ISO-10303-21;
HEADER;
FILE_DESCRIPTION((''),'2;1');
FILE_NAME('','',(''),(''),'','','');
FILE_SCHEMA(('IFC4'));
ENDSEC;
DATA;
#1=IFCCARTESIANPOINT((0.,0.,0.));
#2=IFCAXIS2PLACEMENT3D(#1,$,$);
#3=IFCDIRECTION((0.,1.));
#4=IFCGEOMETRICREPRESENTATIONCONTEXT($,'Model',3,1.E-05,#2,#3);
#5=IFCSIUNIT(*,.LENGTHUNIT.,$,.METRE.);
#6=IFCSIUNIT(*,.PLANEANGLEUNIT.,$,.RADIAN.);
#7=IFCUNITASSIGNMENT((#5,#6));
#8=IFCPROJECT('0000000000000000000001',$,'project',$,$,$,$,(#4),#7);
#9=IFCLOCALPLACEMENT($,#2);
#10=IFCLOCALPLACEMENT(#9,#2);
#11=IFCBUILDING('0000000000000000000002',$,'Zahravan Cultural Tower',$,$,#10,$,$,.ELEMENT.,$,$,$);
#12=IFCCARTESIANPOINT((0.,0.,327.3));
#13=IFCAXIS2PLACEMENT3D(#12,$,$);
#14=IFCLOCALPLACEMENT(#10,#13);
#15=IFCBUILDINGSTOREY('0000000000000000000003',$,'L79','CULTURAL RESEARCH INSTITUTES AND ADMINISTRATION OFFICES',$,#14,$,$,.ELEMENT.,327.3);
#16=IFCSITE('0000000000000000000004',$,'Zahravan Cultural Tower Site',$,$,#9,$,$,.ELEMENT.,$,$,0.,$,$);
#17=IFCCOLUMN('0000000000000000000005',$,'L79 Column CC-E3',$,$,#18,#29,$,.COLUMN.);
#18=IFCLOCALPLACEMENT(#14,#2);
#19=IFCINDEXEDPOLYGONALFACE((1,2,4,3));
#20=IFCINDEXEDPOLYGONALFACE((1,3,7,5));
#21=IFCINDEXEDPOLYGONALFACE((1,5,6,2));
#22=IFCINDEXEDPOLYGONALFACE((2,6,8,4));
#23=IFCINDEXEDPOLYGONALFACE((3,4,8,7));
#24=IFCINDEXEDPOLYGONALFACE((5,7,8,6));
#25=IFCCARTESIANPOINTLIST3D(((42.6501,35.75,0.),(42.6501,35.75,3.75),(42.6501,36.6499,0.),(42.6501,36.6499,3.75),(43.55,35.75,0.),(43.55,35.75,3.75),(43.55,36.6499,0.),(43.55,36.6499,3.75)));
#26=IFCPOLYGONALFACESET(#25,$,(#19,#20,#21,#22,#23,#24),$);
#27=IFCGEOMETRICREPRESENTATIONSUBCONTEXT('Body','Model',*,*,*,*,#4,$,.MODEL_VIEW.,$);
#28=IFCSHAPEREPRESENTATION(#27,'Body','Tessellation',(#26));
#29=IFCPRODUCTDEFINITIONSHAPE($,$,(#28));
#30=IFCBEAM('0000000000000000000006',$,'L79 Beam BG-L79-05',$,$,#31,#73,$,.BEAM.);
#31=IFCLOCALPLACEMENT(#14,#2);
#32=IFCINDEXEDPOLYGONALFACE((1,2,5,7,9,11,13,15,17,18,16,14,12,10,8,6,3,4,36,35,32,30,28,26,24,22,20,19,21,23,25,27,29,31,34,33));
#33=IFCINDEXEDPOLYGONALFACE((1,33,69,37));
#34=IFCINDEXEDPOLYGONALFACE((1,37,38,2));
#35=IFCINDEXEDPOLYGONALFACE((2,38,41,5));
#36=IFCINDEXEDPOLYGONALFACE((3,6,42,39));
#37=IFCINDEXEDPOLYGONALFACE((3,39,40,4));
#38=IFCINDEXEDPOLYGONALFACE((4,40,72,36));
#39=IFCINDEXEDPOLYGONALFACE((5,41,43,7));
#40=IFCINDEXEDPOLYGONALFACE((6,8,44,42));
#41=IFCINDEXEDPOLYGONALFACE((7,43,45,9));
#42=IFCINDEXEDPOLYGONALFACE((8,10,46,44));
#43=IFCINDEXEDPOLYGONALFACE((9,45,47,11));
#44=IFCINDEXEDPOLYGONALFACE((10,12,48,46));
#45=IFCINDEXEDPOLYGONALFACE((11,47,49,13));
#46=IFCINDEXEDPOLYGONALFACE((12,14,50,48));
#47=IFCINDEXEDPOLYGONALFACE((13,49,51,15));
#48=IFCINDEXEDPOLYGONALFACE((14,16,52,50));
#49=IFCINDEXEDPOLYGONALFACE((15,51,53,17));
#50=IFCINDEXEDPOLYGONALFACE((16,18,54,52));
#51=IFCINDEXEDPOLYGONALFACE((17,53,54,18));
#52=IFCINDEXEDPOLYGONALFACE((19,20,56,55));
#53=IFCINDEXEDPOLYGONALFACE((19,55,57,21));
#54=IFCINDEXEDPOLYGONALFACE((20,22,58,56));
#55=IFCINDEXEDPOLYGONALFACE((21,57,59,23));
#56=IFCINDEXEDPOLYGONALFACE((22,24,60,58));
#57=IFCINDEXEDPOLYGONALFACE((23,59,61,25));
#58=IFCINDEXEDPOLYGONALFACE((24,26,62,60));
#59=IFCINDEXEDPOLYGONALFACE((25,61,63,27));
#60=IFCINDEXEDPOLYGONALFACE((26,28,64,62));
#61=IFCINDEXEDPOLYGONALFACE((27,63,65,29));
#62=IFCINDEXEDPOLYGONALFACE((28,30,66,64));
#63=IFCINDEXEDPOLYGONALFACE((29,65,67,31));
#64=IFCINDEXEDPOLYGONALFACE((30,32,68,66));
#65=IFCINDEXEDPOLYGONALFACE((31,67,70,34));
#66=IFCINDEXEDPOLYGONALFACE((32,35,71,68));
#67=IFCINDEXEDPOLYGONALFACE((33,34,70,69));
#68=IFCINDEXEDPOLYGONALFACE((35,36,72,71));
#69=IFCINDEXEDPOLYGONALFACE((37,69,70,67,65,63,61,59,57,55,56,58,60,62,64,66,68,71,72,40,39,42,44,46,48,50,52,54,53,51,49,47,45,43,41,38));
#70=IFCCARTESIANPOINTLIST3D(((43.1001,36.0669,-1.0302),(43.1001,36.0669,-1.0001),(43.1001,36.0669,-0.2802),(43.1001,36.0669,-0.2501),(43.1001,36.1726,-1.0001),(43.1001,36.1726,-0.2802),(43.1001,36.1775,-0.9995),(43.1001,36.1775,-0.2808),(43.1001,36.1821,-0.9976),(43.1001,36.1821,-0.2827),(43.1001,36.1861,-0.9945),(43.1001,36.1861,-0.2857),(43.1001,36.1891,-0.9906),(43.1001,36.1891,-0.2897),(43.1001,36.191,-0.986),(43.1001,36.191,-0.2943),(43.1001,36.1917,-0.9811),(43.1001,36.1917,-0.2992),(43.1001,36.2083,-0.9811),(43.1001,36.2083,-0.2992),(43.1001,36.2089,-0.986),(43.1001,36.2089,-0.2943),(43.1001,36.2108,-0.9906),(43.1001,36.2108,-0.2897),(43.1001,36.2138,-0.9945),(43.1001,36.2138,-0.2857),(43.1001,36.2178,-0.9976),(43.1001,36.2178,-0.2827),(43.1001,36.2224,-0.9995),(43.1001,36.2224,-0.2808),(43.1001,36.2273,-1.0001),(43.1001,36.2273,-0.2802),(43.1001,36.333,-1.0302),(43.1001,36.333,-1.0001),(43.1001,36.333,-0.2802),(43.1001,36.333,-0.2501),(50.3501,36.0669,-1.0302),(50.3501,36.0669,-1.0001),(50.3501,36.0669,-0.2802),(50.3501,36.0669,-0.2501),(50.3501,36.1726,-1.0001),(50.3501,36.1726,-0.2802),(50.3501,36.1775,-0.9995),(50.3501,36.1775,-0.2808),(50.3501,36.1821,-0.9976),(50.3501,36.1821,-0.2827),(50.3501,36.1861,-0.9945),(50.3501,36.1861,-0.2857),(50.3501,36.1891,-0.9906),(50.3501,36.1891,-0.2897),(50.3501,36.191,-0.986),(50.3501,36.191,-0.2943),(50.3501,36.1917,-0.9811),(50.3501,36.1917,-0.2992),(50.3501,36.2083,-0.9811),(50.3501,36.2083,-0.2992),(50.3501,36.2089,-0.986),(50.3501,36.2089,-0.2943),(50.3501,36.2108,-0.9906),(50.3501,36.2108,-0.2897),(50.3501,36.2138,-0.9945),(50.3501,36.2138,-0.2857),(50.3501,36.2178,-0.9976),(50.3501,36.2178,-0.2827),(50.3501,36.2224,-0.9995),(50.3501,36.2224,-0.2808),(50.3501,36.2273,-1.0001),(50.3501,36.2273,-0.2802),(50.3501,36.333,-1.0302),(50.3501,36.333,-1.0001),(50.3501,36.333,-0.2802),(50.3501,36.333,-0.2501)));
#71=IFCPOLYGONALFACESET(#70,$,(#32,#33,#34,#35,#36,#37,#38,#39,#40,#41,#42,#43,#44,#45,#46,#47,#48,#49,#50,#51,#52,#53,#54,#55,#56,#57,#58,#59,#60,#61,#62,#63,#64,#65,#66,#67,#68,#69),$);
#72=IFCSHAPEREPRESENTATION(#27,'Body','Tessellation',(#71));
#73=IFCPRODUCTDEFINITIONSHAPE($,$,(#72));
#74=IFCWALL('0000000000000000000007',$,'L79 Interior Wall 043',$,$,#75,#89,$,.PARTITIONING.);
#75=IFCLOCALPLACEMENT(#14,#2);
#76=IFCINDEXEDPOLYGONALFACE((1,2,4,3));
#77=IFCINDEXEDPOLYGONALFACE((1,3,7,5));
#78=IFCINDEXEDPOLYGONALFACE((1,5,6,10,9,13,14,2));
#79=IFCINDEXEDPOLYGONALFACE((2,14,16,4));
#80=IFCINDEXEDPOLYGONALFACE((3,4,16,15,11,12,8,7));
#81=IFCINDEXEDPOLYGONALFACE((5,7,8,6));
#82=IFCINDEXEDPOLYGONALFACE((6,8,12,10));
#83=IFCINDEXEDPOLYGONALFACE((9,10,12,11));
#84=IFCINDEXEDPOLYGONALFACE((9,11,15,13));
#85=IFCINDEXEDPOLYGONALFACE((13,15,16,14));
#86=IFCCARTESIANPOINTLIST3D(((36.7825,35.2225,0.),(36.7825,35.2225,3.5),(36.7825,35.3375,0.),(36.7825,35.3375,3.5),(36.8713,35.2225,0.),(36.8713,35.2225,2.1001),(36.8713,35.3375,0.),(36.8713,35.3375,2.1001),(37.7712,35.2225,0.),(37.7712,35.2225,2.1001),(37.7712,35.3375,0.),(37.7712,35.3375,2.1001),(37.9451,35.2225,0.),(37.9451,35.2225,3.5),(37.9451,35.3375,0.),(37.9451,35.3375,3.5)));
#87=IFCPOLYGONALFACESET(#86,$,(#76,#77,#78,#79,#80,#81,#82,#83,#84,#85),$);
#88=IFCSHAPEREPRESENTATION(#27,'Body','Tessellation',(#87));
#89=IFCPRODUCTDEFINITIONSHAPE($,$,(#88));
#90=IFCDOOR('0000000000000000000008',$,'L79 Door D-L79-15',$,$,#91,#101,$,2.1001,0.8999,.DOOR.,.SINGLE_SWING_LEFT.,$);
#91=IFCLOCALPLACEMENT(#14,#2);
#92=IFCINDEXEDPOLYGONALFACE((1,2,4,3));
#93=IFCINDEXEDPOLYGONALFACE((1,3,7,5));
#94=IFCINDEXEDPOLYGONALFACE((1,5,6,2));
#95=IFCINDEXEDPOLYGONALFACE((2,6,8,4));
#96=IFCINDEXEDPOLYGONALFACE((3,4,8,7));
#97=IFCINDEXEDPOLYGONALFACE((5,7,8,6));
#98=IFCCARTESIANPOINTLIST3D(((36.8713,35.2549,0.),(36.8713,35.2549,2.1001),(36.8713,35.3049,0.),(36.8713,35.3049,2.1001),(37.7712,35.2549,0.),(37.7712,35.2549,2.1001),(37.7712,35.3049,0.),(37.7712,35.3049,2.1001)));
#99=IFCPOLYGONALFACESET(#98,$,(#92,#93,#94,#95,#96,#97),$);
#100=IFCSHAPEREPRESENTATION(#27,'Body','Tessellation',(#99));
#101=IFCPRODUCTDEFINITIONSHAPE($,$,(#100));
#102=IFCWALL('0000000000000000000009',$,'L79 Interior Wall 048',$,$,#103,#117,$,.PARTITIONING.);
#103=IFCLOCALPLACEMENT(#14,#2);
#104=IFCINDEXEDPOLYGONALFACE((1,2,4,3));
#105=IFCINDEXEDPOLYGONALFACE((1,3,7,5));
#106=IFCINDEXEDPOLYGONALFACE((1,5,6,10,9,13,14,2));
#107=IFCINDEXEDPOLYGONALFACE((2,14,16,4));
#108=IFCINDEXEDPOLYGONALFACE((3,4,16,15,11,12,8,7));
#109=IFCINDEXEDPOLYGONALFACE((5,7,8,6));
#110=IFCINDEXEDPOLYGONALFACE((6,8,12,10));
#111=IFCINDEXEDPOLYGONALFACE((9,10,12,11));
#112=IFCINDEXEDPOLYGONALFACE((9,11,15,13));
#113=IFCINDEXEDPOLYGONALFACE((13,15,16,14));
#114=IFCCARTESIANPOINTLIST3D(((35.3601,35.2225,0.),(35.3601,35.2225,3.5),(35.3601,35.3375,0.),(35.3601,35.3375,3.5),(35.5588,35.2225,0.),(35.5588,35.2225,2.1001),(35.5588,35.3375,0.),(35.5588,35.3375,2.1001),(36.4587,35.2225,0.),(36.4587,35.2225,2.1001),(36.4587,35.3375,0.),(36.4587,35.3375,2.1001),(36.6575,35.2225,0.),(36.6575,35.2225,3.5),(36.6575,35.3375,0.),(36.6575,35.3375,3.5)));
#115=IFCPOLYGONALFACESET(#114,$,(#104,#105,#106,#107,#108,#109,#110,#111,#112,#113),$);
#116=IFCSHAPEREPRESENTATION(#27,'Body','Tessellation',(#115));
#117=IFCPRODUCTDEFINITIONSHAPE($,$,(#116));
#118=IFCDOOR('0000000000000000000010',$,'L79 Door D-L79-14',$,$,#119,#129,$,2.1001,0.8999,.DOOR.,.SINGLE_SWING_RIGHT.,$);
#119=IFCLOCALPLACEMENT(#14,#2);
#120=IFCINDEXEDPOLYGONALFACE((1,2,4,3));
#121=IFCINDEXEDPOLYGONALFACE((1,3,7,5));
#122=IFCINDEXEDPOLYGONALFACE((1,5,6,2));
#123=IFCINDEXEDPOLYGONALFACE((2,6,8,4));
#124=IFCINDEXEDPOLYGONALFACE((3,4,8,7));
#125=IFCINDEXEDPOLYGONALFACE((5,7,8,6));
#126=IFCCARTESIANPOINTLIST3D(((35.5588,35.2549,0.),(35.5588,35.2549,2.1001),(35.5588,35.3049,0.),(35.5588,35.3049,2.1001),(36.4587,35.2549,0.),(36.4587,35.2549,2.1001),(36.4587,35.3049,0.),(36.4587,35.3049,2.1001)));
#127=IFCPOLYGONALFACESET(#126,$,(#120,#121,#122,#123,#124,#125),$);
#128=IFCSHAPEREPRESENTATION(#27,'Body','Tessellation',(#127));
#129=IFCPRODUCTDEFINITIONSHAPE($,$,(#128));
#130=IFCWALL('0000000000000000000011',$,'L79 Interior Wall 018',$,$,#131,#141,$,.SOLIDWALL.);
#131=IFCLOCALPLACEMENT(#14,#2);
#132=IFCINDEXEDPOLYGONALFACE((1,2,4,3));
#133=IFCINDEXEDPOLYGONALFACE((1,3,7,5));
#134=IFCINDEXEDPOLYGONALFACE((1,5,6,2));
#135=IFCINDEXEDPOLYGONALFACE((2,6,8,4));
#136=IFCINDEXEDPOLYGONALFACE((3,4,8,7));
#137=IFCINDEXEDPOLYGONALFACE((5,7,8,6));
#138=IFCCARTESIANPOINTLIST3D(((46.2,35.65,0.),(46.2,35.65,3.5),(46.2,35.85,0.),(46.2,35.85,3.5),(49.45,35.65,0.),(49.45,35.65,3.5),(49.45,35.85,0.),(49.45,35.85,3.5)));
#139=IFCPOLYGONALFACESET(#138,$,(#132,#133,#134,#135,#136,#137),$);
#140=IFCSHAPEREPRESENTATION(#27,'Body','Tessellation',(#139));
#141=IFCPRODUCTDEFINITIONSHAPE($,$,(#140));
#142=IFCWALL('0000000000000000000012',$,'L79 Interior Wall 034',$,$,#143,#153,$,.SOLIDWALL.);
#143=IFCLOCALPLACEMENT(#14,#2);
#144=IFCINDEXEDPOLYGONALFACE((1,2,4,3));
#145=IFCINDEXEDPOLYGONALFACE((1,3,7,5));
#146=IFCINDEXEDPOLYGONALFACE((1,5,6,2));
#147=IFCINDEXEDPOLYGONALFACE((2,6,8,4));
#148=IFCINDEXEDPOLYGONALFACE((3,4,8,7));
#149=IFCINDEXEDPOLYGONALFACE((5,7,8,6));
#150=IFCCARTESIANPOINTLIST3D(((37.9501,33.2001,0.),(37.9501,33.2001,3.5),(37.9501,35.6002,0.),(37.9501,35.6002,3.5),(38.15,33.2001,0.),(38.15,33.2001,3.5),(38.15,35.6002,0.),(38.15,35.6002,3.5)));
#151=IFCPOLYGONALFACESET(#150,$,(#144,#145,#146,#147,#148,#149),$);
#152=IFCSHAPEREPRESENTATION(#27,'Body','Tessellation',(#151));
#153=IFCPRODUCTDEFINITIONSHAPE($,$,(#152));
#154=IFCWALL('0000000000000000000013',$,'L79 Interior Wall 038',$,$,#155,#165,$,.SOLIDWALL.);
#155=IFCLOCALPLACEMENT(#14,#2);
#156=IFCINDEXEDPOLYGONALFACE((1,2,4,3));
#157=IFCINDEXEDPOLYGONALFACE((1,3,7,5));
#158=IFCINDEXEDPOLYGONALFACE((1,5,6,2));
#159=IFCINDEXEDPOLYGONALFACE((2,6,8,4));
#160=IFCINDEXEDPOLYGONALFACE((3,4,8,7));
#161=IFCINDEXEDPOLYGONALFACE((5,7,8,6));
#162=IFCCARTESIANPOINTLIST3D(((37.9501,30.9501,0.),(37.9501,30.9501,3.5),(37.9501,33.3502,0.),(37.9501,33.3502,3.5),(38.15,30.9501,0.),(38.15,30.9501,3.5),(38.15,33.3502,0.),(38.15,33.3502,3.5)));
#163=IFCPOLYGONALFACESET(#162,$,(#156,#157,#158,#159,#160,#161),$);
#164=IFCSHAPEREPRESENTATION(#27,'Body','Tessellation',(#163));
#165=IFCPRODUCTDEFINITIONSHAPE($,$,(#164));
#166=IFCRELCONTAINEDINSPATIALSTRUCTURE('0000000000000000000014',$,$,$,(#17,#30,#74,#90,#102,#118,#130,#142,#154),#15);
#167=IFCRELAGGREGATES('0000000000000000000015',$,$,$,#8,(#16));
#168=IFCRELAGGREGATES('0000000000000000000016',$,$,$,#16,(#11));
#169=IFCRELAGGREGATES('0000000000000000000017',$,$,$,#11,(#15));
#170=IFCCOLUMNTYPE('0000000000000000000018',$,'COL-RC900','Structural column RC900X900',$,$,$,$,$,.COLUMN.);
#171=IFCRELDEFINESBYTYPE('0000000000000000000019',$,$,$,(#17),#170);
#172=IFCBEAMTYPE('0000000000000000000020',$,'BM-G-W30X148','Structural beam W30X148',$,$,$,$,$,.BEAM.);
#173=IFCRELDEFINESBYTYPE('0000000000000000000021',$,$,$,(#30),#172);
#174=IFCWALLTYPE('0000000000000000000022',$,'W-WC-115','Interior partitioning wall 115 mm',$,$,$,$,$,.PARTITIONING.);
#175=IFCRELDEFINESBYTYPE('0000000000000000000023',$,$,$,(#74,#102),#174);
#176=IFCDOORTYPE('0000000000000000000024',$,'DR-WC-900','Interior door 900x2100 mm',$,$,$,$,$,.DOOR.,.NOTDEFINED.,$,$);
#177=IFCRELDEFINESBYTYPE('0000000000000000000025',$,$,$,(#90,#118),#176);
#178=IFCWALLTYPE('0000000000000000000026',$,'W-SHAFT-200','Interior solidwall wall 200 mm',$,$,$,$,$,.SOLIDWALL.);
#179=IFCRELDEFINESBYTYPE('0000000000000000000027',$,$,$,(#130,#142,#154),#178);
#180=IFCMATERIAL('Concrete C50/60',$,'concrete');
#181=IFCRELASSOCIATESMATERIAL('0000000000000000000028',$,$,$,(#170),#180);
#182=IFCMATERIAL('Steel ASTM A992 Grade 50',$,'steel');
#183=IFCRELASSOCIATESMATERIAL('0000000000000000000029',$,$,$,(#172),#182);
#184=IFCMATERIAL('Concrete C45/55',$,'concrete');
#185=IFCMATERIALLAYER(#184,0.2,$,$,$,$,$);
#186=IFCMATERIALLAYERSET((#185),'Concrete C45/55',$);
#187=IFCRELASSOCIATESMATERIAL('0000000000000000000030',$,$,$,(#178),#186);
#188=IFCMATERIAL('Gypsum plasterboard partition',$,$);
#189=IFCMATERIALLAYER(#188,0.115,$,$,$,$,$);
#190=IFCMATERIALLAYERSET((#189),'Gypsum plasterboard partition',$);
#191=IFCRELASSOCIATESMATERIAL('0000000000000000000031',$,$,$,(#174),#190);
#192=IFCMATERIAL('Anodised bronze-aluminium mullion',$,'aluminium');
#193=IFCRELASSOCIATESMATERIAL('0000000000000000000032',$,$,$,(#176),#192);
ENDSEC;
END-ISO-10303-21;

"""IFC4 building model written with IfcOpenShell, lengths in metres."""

from ifc_helpers import new_model, si_unit, direction, frame, frame_2d, origin, origin_2d, place, context, subcontext, project, spatial, rectangle, i_section, extrude, source, transform, mapped, material, layer, layer_set, material_profile, profile_set, type_object, element, fill, save


model = new_model("IFC4")

# Units and contexts
model_context = context("Model", 3, precision=1e-05, world=origin(), true_north=direction((0.0, 1.0)))
body_context = subcontext(model_context, "Body", "Model", "MODEL_VIEW")
ifc_project = project(units=[si_unit("LENGTHUNIT", "METRE"), si_unit("PLANEANGLEUNIT", "RADIAN")], contexts=[model_context])

# Site, building, storey
site_placement = place(None, origin())
site = spatial("IfcSite", under=ifc_project, at=site_placement, Name="Zahravan Cultural Tower Site", CompositionType="ELEMENT", RefElevation=0.0)
building_placement = place(site_placement, origin())
building = spatial("IfcBuilding", under=site, at=building_placement, Name="Zahravan Cultural Tower", CompositionType="ELEMENT")
storey_placement = place(building_placement, frame((0.0, 0.0, 327.3)))
storey = spatial("IfcBuildingStorey", under=building, at=storey_placement, Name="L79", Description="CULTURAL RESEARCH INSTITUTES AND ADMINISTRATION OFFICES", CompositionType="ELEMENT", Elevation=327.3)

# Column
ifc_material_1 = material(Name="Concrete C50/60", Category="concrete")
ifc_material_profile_1 = material_profile(ifc_material_1, rectangle(XDim=0.8999, YDim=0.8999, at=origin_2d()), Name="RC900X900")
ifc_profile_set_1 = profile_set([ifc_material_profile_1], Name="Concrete C50/60")
column_type = type_object("IfcColumnType", Name="COL-RC900", Description="Structural column RC900X900", PredefinedType="COLUMN", material=ifc_profile_set_1)
shared_shape_1 = source(origin(), body_context, "Body", "SweptSolid", [
    extrude(rectangle(XDim=0.8999, YDim=0.8999, at=origin_2d()), origin(), (0.0, 0.0, 1.0), 3.75),
])
column_placement = place(storey_placement, frame((43.1001, 36.2, 0.0), z_axis=(0.0, 0.0, 1.0), x_axis=(1.0, 0.0, 0.0)))
element("IfcColumn", 1, at=column_placement, inside=storey, type_object=column_type, Name="L79 Column CC-E3", PredefinedType="COLUMN", context=body_context, shape_type="MappedRepresentation", body=[
    mapped(shared_shape_1, transform((0.0, 0.0, 0.0), x_axis=(1.0, 0.0, 0.0), y_axis=(0.0, 1.0, 0.0), z_axis=(0.0, 0.0, 1.0), scale=1.0)),
])

# Beam
ifc_material_2 = material(Name="Steel ASTM A992 Grade 50", Category="steel")
ifc_material_profile_2 = material_profile(ifc_material_2, i_section(OverallWidth=0.2661, OverallDepth=0.78, WebThickness=0.0166, FlangeThickness=0.03, FilletRadius=0.019, at=origin_2d()), Name="W30X148")
ifc_profile_set_2 = profile_set([ifc_material_profile_2], Name="Steel ASTM A992 Grade 50")
beam_type = type_object("IfcBeamType", Name="BM-G-W30X148", Description="Structural beam W30X148", PredefinedType="BEAM", material=ifc_profile_set_2)
shared_shape_2 = source(origin(), body_context, "Body", "SweptSolid", [
    extrude(i_section(OverallWidth=0.2661, OverallDepth=0.78, WebThickness=0.0166, FlangeThickness=0.03, FilletRadius=0.019, at=origin_2d()), origin(), (0.0, 0.0, 1.0), 7.25),
])
beam_placement = place(storey_placement, frame((43.1001, 36.2, -0.6401), z_axis=(1.0, 0.0, 0.0), x_axis=(0.0, 1.0, 0.0)))
element("IfcBeam", 2, at=beam_placement, inside=storey, type_object=beam_type, Name="L79 Beam BG-L79-05", PredefinedType="BEAM", context=body_context, shape_type="MappedRepresentation", body=[
    mapped(shared_shape_2, transform((0.0, 0.0, 0.0), x_axis=(1.0, 0.0, 0.0), y_axis=(0.0, 1.0, 0.0), z_axis=(0.0, 0.0, 1.0), scale=1.0)),
])

# Walls, openings, doors
ifc_material_3 = material(Name="Concrete C45/55", Category="concrete")
ifc_layer_1 = layer(ifc_material_3, 0.2)
ifc_layer_set_1 = layer_set([ifc_layer_1], Name="Concrete C45/55")
wall_type_1 = type_object("IfcWallType", Name="W-SHAFT-200", Description="Interior solidwall wall 200 mm", PredefinedType="SOLIDWALL", material=ifc_layer_set_1)
ifc_material_4 = material(Name="Gypsum plasterboard partition")
ifc_layer_2 = layer(ifc_material_4, 0.115)
ifc_layer_set_2 = layer_set([ifc_layer_2], Name="Gypsum plasterboard partition")
wall_type_2 = type_object("IfcWallType", Name="W-WC-115", Description="Interior partitioning wall 115 mm", PredefinedType="PARTITIONING", material=ifc_layer_set_2)
wall_1_placement = place(storey_placement, frame((36.7825, 35.28, 0.0), z_axis=(0.0, 0.0, 1.0), x_axis=(1.0, 0.0, 0.0)))
wall_1 = element("IfcWall", 3, at=wall_1_placement, inside=storey, type_object=wall_type_2, Name="L79 Interior Wall 043", PredefinedType="PARTITIONING", context=body_context, shape_type="SweptSolid", body=[
    extrude(rectangle(XDim=1.1626, YDim=0.115, at=frame_2d((0.5813, 0.0))), origin(), (0.0, 0.0, 1.0), 3.5),
])
opening_1_placement = place(wall_1_placement, frame((0.0889, 0.0, 0.0)))
opening_1 = element("IfcOpeningElement", 4, at=opening_1_placement, cuts=wall_1, PredefinedType="OPENING", context=body_context, shape_type="SweptSolid", body=[
    extrude(rectangle(XDim=0.8999, YDim=2.1001, at=frame_2d((0.45, 1.05))), frame((0.0, 0.0674, 0.0), z_axis=(0.0, -1.0, 0.0), x_axis=(1.0, 0.0, 0.0)), (0.0, 0.0, 1.0), 0.135),
])
ifc_material_5 = material(Name="Anodised bronze-aluminium mullion", Category="aluminium")
door_type_1 = type_object("IfcDoorType", Name="DR-WC-900", Description="Interior door 900x2100 mm", OperationType="NOTDEFINED", PredefinedType="DOOR", material=ifc_material_5)
shared_shape_3 = source(origin(), body_context, "Body", "SweptSolid", [
    extrude(rectangle(XDim=0.8999, YDim=2.1001, at=frame_2d((0.45, 1.05))), frame((0.0, 0.0249, 0.0), z_axis=(0.0, -1.0, 0.0), x_axis=(1.0, 0.0, 0.0)), (0.0, 0.0, 1.0), 0.05),
])
door_1_placement = place(opening_1_placement, origin())
door_1 = element("IfcDoor", 5, at=door_1_placement, inside=storey, type_object=door_type_1, Name="L79 Door D-L79-15", OperationType="SINGLE_SWING_LEFT", OverallHeight=2.1001, OverallWidth=0.8999, PredefinedType="DOOR", context=body_context, shape_type="MappedRepresentation", body=[
    mapped(shared_shape_3, transform((0.0, 0.0, 0.0), x_axis=(1.0, 0.0, 0.0), y_axis=(0.0, 1.0, 0.0), z_axis=(0.0, 0.0, 1.0), scale=1.0)),
])
fill(opening_1, door_1)
wall_2_placement = place(storey_placement, frame((35.3601, 35.28, 0.0), z_axis=(0.0, 0.0, 1.0), x_axis=(1.0, 0.0, 0.0)))
wall_2 = element("IfcWall", 6, at=wall_2_placement, inside=storey, type_object=wall_type_2, Name="L79 Interior Wall 048", PredefinedType="PARTITIONING", context=body_context, shape_type="SweptSolid", body=[
    extrude(rectangle(XDim=1.2974, YDim=0.115, at=frame_2d((0.6487, 0.0))), origin(), (0.0, 0.0, 1.0), 3.5),
])
opening_2_placement = place(wall_2_placement, frame((0.1987, 0.0, 0.0)))
opening_2 = element("IfcOpeningElement", 7, at=opening_2_placement, cuts=wall_2, PredefinedType="OPENING", context=body_context, shape_type="SweptSolid", body=[
    extrude(rectangle(XDim=0.8999, YDim=2.1001, at=frame_2d((0.45, 1.05))), frame((0.0, 0.0674, 0.0), z_axis=(0.0, -1.0, 0.0), x_axis=(1.0, 0.0, 0.0)), (0.0, 0.0, 1.0), 0.135),
])
door_2_placement = place(opening_2_placement, origin())
door_2 = element("IfcDoor", 8, at=door_2_placement, inside=storey, type_object=door_type_1, Name="L79 Door D-L79-14", OperationType="SINGLE_SWING_RIGHT", OverallHeight=2.1001, OverallWidth=0.8999, PredefinedType="DOOR", context=body_context, shape_type="MappedRepresentation", body=[
    mapped(shared_shape_3, transform((0.0, 0.0, 0.0), x_axis=(1.0, 0.0, 0.0), y_axis=(0.0, 1.0, 0.0), z_axis=(0.0, 0.0, 1.0), scale=1.0)),
])
fill(opening_2, door_2)

# Walls
shared_shape_4 = source(origin(), body_context, "Body", "SweptSolid", [
    extrude(rectangle(XDim=3.25, YDim=0.2, at=frame_2d((1.625, 0.0))), origin(), (0.0, 0.0, 1.0), 3.5),
])
wall_3_placement = place(storey_placement, frame((46.2, 35.75, 0.0), z_axis=(0.0, 0.0, 1.0), x_axis=(1.0, 0.0, 0.0)))
element("IfcWall", 9, at=wall_3_placement, inside=storey, type_object=wall_type_1, Name="L79 Interior Wall 018", PredefinedType="SOLIDWALL", context=body_context, shape_type="MappedRepresentation", body=[
    mapped(shared_shape_4, transform((0.0, 0.0, 0.0), x_axis=(1.0, 0.0, 0.0), y_axis=(0.0, 1.0, 0.0), z_axis=(0.0, 0.0, 1.0), scale=1.0)),
])
shared_shape_5 = source(origin(), body_context, "Body", "SweptSolid", [
    extrude(rectangle(XDim=2.4001, YDim=0.2, at=frame_2d((1.2002, 0.0))), origin(), (0.0, 0.0, 1.0), 3.5),
])
for number, where, z_axis, x_axis, name in (
    (10, (38.05, 33.2, 0.0), (0.0, 0.0, 1.0), (0.0, 1.0, 0.0), "L79 Interior Wall 034"),
    (11, (38.05, 30.95, 0.0), (0.0, 0.0, 1.0), (0.0, 1.0, 0.0), "L79 Interior Wall 038"),
):
    element("IfcWall", number, at=place(storey_placement, frame(where, z_axis=z_axis, x_axis=x_axis)), inside=storey, type_object=wall_type_1, Name=name, PredefinedType="SOLIDWALL", context=body_context, shape_type="MappedRepresentation", body=[
        mapped(shared_shape_5, transform((0.0, 0.0, 0.0), x_axis=(1.0, 0.0, 0.0), y_axis=(0.0, 1.0, 0.0), z_axis=(0.0, 0.0, 1.0), scale=1.0)),
    ])

save(model, "model.ifc")
